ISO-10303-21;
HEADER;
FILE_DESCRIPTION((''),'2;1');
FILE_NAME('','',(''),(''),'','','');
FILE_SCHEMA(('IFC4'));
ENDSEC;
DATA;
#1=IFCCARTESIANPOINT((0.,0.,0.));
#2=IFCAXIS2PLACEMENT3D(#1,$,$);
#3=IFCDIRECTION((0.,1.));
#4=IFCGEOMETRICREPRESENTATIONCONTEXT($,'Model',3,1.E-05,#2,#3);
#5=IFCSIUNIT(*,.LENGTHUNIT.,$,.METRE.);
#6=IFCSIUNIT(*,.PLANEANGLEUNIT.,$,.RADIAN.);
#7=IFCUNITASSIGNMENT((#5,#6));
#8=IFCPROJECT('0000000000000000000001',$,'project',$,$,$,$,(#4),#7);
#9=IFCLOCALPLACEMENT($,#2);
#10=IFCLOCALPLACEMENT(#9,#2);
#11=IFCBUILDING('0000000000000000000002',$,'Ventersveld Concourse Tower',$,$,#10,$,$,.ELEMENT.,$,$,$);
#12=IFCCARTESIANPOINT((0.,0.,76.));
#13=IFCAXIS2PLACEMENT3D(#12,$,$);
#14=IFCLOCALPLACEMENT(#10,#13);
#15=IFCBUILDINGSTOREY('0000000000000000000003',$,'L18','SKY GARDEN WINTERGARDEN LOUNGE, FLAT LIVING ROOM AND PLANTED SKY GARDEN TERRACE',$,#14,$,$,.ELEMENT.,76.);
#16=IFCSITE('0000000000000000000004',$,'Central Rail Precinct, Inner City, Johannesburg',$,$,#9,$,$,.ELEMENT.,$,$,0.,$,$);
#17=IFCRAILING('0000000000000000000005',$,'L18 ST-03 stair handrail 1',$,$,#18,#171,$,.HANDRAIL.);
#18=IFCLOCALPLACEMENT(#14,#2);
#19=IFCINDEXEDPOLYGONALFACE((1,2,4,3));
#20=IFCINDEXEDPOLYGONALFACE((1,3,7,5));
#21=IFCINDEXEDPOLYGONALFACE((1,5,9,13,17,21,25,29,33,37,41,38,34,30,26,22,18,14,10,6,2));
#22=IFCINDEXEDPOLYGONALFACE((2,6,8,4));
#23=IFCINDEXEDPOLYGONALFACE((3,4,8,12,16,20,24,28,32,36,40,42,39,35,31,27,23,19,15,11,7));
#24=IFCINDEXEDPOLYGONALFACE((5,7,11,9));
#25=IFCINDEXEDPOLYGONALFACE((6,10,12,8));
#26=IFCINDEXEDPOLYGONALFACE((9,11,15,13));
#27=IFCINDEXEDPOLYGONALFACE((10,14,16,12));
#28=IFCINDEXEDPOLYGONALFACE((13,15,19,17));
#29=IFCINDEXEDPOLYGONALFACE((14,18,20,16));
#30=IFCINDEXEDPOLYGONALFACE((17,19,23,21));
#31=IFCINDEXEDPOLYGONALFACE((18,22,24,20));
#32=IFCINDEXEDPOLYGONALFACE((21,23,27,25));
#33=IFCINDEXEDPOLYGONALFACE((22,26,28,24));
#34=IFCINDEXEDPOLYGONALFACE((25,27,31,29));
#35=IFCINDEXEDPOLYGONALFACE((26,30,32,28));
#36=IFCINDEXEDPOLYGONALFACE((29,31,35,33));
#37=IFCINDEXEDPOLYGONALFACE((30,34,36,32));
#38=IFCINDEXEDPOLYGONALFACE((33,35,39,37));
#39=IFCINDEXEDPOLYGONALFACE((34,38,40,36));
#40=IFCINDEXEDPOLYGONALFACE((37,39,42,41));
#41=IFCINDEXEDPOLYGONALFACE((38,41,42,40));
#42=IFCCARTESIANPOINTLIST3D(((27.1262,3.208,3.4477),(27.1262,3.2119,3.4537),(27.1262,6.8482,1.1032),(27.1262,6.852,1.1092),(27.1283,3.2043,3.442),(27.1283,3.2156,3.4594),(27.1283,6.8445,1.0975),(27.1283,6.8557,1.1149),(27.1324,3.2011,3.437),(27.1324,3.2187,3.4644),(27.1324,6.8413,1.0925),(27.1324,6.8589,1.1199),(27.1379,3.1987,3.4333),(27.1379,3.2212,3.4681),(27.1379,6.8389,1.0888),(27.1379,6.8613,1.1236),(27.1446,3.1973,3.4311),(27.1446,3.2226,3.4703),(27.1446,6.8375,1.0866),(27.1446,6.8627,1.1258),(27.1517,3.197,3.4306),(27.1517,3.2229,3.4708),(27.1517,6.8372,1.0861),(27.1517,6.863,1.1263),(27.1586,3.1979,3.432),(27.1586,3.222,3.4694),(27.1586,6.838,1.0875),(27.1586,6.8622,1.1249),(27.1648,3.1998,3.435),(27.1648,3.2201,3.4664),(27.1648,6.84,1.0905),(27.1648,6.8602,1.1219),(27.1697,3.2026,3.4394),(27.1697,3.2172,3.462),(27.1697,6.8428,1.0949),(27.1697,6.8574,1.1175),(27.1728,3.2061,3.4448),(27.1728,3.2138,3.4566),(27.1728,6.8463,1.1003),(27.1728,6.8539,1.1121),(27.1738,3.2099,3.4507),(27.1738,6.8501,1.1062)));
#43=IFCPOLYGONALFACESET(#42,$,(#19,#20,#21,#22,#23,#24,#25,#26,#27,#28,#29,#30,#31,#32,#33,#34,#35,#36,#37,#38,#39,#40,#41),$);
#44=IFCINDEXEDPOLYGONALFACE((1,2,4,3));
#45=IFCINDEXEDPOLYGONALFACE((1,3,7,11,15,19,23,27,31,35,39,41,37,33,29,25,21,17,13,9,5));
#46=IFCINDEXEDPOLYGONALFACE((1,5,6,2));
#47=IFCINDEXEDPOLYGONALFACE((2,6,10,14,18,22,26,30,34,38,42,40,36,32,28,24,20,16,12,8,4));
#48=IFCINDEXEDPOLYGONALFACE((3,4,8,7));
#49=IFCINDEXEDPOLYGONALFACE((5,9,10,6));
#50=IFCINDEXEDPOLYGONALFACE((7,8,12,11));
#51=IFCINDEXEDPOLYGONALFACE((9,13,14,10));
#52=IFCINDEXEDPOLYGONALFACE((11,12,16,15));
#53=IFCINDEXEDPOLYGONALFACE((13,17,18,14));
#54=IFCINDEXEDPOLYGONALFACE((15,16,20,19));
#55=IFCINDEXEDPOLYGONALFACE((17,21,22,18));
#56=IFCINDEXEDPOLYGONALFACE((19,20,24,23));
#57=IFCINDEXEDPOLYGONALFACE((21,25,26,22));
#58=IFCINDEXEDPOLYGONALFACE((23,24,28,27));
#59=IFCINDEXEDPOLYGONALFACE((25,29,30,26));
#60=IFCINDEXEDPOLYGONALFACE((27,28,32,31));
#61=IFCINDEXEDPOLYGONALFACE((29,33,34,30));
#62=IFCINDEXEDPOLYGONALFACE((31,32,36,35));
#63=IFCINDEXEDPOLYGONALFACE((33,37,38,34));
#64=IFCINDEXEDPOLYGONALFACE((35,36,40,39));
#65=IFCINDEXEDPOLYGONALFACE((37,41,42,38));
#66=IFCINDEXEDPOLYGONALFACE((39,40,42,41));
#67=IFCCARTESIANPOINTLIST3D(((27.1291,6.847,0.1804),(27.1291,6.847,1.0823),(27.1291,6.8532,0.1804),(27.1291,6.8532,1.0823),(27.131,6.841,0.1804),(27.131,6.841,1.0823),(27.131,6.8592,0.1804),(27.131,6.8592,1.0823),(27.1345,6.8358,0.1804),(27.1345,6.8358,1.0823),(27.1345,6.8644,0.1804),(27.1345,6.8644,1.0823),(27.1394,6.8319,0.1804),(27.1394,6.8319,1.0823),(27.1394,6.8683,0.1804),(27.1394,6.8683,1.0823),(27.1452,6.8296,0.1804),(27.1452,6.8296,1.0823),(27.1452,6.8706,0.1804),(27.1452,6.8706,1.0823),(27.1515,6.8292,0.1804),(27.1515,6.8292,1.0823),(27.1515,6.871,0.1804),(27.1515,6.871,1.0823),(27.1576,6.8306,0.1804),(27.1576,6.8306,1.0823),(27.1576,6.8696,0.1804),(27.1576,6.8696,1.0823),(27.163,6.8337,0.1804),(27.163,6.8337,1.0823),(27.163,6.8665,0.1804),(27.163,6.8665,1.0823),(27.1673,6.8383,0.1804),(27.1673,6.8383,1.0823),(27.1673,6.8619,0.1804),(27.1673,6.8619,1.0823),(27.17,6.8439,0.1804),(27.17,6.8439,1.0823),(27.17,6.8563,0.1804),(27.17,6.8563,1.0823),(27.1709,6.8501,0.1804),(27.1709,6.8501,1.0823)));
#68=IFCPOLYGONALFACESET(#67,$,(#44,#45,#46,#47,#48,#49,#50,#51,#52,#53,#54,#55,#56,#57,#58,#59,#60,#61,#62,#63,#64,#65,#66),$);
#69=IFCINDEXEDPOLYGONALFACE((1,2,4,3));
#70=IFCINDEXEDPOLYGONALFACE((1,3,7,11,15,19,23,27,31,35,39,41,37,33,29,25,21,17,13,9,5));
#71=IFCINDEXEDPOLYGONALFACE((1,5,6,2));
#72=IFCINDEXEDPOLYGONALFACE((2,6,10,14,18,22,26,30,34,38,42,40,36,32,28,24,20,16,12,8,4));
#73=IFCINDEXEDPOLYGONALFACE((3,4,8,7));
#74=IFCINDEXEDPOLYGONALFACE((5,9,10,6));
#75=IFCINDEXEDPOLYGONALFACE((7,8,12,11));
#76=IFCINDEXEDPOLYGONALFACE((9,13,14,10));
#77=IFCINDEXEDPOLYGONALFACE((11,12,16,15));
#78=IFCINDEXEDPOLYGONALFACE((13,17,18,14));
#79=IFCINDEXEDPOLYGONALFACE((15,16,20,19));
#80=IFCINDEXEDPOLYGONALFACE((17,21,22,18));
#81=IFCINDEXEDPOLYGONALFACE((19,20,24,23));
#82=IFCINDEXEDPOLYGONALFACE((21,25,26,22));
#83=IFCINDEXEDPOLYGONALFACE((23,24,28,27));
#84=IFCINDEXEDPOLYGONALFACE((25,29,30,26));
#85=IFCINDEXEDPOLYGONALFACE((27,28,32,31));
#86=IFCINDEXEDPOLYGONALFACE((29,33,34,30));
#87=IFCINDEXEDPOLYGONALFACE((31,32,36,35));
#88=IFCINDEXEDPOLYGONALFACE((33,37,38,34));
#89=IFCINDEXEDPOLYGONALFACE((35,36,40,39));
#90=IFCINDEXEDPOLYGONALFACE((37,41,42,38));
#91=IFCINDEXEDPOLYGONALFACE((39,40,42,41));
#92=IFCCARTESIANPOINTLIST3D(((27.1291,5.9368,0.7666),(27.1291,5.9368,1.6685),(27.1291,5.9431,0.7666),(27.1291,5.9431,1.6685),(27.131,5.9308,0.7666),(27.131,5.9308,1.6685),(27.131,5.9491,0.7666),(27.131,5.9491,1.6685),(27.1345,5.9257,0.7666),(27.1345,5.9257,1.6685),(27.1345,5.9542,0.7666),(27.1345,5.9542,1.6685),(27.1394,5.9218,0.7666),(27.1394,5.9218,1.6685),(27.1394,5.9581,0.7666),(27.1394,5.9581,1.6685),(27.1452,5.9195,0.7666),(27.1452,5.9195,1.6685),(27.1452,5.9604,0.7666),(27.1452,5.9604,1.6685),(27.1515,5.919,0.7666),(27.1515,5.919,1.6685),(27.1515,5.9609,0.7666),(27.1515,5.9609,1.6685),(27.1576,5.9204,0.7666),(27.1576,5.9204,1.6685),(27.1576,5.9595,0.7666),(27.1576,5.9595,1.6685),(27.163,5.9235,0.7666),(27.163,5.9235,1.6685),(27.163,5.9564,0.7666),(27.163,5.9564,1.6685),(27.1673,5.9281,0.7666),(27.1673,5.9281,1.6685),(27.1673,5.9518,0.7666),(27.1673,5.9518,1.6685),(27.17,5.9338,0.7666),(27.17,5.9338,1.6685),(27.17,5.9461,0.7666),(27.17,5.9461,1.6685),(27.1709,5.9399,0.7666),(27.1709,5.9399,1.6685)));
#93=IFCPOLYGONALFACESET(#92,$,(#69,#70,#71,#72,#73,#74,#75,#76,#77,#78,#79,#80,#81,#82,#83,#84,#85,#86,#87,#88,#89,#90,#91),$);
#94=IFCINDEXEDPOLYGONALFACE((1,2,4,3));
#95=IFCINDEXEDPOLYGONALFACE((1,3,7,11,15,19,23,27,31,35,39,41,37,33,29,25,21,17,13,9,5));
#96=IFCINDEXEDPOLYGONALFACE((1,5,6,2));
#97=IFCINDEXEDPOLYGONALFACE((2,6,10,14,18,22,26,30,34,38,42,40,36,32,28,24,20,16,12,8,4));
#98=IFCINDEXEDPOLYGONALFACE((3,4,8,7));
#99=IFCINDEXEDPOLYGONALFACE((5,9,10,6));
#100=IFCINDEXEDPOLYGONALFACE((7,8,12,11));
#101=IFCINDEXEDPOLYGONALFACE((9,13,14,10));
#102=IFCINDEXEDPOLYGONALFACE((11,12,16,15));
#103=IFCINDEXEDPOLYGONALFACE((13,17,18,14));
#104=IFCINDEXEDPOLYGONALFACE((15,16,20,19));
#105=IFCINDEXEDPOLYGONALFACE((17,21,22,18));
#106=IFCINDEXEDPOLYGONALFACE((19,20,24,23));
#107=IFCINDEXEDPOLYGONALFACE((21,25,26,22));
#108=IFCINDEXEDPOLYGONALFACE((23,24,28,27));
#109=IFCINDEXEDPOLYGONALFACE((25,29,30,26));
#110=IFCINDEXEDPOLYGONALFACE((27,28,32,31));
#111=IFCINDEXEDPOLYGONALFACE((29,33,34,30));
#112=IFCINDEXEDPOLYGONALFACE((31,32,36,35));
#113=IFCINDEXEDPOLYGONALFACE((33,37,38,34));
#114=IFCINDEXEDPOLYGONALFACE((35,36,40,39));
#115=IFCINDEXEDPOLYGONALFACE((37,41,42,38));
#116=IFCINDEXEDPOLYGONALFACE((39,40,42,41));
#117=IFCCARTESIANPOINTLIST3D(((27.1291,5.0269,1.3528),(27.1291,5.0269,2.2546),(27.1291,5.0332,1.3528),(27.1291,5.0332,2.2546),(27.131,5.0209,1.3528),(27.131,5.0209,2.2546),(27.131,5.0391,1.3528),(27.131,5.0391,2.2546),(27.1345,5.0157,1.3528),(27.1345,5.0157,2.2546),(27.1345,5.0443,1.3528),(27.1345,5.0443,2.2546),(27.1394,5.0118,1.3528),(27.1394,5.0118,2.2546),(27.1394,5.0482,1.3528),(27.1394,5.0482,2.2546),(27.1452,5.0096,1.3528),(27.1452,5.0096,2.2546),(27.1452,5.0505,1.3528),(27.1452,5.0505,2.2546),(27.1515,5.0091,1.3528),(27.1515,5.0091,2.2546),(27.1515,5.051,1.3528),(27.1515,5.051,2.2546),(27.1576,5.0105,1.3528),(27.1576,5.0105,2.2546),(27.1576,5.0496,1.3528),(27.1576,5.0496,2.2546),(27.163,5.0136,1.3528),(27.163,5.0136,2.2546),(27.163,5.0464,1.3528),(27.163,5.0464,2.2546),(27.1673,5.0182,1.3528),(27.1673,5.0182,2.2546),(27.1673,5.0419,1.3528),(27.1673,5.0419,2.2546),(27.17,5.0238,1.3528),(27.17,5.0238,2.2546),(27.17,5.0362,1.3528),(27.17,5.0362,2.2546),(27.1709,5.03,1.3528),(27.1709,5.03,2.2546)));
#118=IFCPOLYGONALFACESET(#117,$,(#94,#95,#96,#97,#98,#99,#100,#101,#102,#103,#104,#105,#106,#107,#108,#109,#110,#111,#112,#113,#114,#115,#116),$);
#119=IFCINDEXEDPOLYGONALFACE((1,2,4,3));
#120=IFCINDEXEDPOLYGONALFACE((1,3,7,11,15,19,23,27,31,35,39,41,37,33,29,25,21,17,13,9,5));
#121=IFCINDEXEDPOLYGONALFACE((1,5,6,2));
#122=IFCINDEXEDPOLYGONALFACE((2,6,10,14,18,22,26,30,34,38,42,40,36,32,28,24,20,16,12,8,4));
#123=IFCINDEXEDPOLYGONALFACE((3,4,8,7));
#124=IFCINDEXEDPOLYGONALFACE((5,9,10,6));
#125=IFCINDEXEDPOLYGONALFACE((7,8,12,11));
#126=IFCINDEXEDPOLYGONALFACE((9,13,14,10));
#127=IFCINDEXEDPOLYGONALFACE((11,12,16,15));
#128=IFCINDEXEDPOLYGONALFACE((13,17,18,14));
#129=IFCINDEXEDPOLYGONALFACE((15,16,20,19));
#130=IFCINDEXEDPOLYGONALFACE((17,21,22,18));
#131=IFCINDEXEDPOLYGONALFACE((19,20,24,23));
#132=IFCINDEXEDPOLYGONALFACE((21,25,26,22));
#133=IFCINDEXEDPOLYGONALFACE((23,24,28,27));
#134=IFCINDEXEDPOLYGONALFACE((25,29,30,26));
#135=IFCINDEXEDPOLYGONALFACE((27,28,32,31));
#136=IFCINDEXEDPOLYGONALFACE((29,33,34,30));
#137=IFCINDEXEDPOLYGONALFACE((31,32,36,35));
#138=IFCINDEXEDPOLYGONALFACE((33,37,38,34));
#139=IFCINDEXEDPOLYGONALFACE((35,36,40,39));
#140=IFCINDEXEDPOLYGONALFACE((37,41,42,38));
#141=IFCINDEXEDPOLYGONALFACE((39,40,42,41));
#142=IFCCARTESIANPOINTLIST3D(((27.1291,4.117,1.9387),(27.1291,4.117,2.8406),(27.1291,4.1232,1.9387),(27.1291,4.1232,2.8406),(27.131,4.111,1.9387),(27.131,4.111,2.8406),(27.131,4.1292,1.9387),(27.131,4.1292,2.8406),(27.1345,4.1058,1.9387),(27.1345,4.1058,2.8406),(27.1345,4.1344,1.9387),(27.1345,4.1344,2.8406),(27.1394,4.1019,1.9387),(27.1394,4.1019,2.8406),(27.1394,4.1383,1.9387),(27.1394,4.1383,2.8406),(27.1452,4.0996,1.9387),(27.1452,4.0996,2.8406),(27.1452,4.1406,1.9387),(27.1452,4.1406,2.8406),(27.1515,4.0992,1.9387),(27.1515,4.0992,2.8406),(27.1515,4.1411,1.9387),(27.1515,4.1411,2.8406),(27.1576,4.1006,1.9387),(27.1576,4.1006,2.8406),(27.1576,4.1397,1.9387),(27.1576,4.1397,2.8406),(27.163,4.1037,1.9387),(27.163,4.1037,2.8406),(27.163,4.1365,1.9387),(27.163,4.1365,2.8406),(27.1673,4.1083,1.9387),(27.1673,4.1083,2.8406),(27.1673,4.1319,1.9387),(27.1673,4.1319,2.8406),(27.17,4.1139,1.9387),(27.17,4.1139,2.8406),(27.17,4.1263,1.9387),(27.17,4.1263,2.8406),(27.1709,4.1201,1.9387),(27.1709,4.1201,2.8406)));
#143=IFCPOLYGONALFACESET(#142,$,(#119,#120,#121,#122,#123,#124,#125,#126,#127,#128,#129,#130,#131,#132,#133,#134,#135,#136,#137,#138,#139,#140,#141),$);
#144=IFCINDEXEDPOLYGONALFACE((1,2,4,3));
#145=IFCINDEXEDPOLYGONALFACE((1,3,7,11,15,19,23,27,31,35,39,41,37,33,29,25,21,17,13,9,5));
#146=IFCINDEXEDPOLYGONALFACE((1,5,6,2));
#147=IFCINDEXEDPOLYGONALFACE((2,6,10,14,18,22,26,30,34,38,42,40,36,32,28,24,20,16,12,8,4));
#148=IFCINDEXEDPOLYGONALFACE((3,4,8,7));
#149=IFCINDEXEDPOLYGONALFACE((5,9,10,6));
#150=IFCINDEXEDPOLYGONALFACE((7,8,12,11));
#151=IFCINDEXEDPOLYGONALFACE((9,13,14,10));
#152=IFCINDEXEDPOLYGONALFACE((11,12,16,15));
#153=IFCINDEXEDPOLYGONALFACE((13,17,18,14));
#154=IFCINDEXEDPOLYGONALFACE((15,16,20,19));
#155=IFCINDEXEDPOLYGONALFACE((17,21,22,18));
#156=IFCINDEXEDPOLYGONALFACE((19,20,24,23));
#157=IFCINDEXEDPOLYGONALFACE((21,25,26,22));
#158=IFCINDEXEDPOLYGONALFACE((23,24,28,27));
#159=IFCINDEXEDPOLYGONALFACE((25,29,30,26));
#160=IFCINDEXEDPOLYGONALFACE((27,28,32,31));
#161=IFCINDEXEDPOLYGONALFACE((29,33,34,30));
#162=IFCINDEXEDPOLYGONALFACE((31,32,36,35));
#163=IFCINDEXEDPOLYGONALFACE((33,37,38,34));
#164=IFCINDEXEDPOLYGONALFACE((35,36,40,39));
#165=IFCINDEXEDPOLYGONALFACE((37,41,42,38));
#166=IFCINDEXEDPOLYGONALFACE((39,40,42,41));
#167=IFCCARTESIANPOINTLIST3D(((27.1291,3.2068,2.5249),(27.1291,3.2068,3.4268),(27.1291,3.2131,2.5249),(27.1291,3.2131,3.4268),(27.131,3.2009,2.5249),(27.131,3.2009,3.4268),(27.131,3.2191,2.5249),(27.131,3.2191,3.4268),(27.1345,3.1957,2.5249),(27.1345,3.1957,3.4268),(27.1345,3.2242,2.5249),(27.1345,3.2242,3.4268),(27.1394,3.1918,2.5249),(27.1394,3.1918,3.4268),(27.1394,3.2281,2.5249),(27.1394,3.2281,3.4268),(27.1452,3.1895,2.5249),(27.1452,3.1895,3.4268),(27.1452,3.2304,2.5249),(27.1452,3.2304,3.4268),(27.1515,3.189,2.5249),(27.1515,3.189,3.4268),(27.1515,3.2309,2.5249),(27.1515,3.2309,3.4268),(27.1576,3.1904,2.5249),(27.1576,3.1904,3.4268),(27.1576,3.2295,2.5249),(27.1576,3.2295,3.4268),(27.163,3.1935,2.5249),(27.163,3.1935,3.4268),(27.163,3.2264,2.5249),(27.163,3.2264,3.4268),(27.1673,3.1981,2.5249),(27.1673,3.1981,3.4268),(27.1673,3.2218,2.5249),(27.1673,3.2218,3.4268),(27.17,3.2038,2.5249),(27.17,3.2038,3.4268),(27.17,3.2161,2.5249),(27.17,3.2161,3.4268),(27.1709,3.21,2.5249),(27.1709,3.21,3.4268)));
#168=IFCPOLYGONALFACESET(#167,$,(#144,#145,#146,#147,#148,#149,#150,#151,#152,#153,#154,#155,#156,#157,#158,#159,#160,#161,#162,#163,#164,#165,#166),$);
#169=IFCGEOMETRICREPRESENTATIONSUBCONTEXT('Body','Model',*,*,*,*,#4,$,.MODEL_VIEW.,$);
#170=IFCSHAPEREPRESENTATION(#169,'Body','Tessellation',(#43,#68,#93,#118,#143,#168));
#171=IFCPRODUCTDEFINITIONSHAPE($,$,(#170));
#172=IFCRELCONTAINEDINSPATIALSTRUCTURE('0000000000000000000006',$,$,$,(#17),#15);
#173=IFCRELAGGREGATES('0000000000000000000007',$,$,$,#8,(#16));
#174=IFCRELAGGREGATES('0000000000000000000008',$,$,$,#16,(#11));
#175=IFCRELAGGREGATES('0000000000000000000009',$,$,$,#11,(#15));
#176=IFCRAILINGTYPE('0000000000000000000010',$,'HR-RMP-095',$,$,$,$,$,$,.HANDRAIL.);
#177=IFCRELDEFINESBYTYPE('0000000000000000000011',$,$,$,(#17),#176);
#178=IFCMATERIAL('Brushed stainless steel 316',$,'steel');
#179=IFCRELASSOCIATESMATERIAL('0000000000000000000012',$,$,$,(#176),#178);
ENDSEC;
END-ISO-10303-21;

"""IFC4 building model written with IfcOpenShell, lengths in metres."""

from ifc_helpers import new_model, si_unit, direction, frame, origin, origin_2d, place, context, subcontext, project, spatial, circle, extrude, material, type_object, element, save


model = new_model("IFC4")

# Units and contexts
model_context = context("Model", 3, precision=1e-05, world=origin(), true_north=direction((0.0, 1.0)))
body_context = subcontext(model_context, "Body", "Model", "MODEL_VIEW")
ifc_project = project(units=[si_unit("LENGTHUNIT", "METRE"), si_unit("PLANEANGLEUNIT", "RADIAN")], contexts=[model_context])

# Site, building, storey
site_placement = place(None, origin())
site = spatial("IfcSite", under=ifc_project, at=site_placement, Name="Central Rail Precinct, Inner City, Johannesburg", CompositionType="ELEMENT", RefElevation=0.0)
building_placement = place(site_placement, origin())
building = spatial("IfcBuilding", under=site, at=building_placement, Name="Ventersveld Concourse Tower", CompositionType="ELEMENT")
storey_placement = place(building_placement, frame((0.0, 0.0, 76.0)))
storey = spatial("IfcBuildingStorey", under=building, at=storey_placement, Name="L18", Description="SKY GARDEN WINTERGARDEN LOUNGE, FLAT LIVING ROOM AND PLANTED SKY GARDEN TERRACE", CompositionType="ELEMENT", Elevation=76.0)

# Shared definitions
ifc_material_1 = material(Name="Brushed stainless steel 316", Category="steel")

# Railing
railing_type_1 = type_object("IfcRailingType", Name="HR-RMP-095", PredefinedType="HANDRAIL", material=ifc_material_1)
railing_1_placement = place(storey_placement, frame((27.1499, 6.8501, 0.1804)))
element("IfcRailing", 1, at=railing_1_placement, inside=storey, type_object=railing_type_1, Name="L18 ST-03 stair handrail 1", PredefinedType="HANDRAIL", context=body_context, shape_type="SweptSolid", body=[
    extrude(circle(Radius=0.0239, at=origin_2d()), frame((0.0, 0.0, 0.9258), z_axis=(0.0, -0.840716, 0.541476), x_axis=(1.0, 0.0, 0.0)), (0.0, 0.0, 1.0), 4.3298),
    extrude(circle(Radius=0.021, at=origin_2d()), origin(), (0.0, 0.0, 1.0), 0.9019),
    extrude(circle(Radius=0.021, at=origin_2d()), frame((0.0, -0.9102, 0.5862)), (0.0, 0.0, 1.0), 0.9019),
    extrude(circle(Radius=0.021, at=origin_2d()), frame((0.0, -1.8201, 1.1724)), (0.0, 0.0, 1.0), 0.9019),
    extrude(circle(Radius=0.021, at=origin_2d()), frame((0.0, -2.73, 1.7583)), (0.0, 0.0, 1.0), 0.9019),
    extrude(circle(Radius=0.021, at=origin_2d()), frame((0.0, -3.6401, 2.3445)), (0.0, 0.0, 1.0), 0.9019),
])

save(model, "model.ifc")
